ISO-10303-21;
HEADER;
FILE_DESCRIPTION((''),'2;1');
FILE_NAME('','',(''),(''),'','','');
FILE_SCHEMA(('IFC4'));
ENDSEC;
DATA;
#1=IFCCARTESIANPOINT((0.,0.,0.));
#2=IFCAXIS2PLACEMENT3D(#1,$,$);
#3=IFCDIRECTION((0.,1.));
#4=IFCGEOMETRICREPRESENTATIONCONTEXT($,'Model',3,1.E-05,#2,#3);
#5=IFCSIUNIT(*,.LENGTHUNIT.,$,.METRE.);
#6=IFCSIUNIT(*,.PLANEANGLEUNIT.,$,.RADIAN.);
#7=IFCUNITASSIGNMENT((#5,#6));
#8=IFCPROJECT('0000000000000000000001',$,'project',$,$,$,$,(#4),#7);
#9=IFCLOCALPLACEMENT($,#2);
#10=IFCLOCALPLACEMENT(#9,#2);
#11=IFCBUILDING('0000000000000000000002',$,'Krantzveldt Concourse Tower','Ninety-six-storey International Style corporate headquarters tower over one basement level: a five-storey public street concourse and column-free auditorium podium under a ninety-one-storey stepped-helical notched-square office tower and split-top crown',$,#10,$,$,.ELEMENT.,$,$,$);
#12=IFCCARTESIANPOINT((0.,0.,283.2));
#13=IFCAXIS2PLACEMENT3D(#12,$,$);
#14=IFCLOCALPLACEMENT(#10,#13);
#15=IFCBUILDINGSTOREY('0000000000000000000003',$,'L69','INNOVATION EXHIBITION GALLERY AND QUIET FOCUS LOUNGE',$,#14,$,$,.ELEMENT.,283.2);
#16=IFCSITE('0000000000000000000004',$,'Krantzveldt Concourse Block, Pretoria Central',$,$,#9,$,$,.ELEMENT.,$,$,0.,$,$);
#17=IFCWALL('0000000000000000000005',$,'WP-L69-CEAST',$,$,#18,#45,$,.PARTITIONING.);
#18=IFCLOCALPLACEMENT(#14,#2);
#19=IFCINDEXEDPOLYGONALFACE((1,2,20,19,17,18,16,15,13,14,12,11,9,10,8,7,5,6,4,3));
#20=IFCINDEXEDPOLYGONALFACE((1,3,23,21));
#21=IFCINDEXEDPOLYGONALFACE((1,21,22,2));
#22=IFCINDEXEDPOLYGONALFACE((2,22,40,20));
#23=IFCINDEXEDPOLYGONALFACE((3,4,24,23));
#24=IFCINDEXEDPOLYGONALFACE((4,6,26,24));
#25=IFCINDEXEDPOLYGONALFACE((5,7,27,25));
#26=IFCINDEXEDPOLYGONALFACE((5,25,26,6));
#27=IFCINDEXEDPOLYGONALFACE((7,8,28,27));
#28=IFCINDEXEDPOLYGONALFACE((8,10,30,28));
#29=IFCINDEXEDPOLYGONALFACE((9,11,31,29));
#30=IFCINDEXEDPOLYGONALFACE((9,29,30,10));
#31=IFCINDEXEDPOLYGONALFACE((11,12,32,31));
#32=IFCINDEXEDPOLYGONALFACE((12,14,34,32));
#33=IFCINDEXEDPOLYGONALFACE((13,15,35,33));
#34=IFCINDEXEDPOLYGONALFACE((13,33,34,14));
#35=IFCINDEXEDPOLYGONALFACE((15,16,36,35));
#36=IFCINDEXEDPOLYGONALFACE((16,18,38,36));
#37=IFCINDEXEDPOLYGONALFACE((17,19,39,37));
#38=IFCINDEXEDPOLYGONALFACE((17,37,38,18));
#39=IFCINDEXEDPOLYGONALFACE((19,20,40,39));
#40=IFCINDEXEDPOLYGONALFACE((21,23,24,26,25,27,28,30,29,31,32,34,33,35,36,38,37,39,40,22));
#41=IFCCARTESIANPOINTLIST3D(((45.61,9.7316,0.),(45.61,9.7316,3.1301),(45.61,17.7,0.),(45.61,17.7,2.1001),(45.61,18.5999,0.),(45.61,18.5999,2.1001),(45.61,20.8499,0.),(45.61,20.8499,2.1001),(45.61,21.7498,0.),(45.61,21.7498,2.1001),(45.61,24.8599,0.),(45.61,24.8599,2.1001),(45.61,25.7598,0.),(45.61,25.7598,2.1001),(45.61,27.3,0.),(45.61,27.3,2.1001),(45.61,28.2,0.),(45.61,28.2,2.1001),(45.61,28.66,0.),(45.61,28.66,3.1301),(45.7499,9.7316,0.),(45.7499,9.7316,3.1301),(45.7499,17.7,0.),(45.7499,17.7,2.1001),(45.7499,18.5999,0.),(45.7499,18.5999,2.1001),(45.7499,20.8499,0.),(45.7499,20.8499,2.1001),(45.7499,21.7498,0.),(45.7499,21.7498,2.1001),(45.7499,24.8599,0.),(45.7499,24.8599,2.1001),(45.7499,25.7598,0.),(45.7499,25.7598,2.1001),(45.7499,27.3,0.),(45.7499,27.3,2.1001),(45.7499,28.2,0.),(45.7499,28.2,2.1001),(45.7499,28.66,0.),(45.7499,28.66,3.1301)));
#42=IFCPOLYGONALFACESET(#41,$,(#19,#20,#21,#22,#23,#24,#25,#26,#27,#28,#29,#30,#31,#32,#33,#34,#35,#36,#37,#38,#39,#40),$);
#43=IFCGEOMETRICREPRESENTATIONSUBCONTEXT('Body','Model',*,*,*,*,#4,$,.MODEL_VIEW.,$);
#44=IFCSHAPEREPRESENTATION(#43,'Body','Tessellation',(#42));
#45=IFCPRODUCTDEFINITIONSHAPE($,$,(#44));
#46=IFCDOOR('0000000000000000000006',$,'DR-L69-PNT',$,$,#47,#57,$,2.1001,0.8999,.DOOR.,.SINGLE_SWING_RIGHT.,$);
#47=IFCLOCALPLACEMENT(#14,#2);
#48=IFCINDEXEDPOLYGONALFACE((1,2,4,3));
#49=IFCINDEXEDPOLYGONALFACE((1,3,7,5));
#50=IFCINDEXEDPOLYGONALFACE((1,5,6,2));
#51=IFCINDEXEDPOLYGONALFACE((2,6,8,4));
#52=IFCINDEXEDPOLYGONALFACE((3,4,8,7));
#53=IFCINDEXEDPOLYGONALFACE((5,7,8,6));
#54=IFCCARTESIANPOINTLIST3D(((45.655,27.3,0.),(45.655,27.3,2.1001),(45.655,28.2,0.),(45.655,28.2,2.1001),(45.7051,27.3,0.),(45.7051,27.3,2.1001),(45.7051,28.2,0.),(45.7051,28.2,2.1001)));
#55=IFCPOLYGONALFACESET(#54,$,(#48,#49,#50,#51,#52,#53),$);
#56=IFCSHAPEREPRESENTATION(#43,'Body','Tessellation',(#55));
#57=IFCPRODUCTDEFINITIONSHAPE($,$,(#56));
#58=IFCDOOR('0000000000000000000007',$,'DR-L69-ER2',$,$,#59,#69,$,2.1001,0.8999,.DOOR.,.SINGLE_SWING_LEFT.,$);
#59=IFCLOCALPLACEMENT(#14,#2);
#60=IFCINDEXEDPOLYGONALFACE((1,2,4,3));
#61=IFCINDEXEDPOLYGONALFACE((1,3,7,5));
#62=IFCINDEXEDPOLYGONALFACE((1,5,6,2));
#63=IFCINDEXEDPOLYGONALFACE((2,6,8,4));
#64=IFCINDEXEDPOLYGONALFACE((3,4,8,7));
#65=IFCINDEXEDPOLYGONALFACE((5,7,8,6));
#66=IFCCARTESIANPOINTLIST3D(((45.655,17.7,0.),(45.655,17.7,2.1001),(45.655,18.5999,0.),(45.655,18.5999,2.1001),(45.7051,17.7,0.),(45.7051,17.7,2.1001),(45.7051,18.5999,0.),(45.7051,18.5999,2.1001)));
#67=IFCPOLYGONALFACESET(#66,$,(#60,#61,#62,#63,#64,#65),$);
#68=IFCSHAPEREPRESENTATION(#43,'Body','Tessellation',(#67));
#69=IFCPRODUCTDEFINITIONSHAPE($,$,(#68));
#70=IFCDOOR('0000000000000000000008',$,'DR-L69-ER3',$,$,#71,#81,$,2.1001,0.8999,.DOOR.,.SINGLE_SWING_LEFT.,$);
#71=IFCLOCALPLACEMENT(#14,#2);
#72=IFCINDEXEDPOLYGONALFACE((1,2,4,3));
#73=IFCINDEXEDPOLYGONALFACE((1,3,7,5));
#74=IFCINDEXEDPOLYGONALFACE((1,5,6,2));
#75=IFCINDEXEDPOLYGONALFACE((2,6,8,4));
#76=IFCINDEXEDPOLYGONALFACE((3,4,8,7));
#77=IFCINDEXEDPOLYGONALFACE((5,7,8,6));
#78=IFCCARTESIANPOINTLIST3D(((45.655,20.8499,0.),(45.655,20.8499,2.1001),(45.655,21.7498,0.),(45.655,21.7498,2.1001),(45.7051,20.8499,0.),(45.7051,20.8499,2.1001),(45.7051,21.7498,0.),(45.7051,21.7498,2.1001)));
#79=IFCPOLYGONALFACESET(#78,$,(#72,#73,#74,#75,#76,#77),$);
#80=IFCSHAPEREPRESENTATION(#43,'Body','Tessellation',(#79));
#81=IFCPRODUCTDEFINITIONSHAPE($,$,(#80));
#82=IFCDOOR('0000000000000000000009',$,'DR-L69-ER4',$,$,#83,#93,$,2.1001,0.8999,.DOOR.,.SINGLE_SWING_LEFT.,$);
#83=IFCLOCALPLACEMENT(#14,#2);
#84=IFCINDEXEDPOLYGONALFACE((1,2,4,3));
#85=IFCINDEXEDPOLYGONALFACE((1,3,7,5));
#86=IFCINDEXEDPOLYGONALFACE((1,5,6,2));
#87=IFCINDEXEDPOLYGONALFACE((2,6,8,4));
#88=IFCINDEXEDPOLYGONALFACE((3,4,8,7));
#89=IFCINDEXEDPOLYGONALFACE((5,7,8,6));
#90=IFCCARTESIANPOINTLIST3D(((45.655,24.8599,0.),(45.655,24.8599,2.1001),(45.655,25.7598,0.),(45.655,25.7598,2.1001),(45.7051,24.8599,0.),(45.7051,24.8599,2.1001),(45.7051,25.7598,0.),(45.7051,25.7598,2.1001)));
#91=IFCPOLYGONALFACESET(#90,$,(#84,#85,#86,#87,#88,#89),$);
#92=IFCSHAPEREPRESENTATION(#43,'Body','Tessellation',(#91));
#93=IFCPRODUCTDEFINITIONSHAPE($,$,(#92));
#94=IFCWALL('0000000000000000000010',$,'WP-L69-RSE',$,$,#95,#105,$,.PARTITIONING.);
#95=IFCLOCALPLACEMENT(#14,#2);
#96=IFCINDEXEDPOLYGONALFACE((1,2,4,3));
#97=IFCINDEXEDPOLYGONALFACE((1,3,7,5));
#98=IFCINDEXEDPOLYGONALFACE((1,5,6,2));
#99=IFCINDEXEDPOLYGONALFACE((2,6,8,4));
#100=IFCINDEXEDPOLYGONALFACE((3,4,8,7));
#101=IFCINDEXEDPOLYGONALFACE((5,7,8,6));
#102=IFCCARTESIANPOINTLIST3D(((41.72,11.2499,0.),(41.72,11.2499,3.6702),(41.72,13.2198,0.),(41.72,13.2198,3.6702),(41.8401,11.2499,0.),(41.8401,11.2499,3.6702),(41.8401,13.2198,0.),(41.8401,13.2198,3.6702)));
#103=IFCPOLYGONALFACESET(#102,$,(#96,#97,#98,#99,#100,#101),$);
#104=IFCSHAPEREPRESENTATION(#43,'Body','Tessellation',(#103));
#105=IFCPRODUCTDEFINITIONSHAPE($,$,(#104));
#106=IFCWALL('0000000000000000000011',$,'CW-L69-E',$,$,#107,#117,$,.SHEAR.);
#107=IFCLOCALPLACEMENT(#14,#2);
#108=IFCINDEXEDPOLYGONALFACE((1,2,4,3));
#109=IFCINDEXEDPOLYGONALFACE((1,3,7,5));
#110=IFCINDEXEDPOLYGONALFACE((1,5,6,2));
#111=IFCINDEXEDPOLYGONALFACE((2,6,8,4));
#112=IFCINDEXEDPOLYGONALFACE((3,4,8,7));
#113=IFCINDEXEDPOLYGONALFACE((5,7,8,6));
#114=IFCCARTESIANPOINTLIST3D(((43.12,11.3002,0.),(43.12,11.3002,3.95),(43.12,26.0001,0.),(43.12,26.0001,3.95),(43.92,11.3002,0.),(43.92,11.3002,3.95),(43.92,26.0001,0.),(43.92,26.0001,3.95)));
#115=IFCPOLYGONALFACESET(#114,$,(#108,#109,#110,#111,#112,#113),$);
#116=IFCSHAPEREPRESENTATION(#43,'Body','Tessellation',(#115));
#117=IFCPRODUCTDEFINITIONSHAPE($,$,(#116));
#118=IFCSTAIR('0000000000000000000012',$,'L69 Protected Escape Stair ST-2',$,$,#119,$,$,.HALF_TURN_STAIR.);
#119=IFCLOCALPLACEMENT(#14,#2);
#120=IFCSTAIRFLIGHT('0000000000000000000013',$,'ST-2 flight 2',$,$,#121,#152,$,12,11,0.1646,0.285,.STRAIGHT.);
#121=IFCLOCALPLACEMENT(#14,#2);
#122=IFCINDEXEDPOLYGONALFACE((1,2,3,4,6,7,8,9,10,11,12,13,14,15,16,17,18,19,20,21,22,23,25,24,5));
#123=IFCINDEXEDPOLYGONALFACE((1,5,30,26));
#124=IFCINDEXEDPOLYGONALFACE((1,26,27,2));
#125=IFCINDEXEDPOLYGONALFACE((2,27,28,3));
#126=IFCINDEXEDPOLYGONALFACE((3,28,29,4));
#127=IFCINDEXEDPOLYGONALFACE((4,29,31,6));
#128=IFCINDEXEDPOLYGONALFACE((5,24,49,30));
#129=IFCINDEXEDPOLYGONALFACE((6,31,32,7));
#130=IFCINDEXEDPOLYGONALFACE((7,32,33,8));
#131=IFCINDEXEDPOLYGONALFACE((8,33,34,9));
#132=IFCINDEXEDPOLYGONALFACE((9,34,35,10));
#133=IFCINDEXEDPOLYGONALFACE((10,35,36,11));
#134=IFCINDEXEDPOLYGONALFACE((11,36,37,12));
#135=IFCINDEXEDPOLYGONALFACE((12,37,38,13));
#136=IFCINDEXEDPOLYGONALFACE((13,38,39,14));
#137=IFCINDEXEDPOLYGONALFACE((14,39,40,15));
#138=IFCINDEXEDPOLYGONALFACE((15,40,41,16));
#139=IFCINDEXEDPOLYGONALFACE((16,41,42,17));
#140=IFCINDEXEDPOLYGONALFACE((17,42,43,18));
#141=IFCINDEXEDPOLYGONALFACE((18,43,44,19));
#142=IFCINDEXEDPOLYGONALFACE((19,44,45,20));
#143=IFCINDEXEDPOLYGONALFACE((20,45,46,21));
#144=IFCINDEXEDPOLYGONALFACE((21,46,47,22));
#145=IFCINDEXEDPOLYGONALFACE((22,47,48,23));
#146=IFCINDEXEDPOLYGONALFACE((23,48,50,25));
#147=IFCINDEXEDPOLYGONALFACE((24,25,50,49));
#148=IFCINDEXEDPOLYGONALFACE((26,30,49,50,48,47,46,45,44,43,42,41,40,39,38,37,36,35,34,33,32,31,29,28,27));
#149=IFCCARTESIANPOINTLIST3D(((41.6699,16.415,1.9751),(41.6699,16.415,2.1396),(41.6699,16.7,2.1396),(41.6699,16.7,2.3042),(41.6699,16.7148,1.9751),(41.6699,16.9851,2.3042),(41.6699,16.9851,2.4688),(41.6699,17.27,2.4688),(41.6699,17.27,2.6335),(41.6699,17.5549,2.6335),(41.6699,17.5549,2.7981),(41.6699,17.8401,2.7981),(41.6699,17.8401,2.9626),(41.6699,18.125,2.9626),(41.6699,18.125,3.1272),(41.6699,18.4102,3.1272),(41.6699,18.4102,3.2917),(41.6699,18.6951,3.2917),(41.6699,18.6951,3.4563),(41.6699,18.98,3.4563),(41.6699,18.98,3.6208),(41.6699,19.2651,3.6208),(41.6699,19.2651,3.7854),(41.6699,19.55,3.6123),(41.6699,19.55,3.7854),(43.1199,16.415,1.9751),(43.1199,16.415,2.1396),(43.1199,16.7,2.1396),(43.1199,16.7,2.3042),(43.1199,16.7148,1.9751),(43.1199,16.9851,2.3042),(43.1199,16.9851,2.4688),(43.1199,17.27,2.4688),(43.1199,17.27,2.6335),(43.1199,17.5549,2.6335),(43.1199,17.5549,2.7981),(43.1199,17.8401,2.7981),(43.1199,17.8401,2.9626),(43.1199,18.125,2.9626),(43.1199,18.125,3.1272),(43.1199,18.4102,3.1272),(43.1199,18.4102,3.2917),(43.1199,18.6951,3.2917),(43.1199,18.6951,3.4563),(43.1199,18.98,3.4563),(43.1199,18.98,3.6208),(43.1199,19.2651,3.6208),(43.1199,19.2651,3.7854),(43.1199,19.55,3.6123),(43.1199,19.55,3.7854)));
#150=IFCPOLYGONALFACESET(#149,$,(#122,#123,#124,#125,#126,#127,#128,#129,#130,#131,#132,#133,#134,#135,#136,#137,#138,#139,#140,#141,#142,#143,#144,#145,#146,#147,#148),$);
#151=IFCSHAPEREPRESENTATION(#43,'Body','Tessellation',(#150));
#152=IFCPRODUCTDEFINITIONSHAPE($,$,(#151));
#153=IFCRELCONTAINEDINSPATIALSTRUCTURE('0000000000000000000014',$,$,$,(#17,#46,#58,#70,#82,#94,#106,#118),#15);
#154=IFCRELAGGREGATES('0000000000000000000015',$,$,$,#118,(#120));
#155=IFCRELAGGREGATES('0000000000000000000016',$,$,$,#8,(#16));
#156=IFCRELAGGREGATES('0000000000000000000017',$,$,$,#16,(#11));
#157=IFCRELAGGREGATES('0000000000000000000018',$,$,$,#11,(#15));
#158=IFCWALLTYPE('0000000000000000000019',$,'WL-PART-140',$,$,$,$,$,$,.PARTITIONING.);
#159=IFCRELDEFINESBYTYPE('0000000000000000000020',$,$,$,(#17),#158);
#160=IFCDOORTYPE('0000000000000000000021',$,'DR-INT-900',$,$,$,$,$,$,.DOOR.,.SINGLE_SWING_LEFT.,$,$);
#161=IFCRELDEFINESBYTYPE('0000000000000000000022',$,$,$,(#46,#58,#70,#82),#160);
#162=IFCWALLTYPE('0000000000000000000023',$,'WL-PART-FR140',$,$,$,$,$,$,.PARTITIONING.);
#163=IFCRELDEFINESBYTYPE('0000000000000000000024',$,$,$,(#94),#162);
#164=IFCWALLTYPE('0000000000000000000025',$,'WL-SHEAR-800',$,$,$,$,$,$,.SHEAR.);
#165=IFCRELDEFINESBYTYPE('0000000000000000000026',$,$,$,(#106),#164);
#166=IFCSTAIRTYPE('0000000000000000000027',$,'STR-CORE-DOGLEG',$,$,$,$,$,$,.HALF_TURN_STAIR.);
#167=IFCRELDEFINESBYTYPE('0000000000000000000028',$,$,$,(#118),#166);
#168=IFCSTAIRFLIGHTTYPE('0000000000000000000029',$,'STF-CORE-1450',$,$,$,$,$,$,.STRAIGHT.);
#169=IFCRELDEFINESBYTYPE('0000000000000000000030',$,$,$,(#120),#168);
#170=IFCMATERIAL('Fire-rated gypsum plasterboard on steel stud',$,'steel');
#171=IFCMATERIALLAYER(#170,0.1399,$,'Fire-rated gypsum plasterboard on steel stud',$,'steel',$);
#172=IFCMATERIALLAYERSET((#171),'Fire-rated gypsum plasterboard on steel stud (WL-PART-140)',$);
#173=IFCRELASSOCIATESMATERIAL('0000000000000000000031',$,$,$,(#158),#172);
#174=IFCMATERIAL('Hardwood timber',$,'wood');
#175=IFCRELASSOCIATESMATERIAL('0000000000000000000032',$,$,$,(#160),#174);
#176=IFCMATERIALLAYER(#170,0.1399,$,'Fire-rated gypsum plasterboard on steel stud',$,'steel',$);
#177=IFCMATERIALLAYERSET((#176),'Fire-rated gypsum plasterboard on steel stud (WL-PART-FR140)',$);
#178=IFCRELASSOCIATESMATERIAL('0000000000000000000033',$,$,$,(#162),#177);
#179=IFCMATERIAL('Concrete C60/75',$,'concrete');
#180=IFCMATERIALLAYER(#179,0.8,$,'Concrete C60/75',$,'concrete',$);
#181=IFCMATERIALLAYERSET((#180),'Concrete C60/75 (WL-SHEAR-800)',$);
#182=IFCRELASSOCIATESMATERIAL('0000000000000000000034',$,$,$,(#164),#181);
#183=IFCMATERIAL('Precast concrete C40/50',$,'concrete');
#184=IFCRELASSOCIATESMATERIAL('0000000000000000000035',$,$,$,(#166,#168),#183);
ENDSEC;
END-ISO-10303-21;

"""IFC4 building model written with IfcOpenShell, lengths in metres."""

from ifc_helpers import new_model, si_unit, direction, frame, frame_2d, origin, place, context, subcontext, project, spatial, polyline, rectangle, outline, extrude, material, layer, layer_set, type_object, element, fill, aggregate, save


model = new_model("IFC4")

# Units and contexts
model_context = context("Model", 3, precision=1e-05, world=origin(), true_north=direction((0.0, 1.0)))
body_context = subcontext(model_context, "Body", "Model", "MODEL_VIEW")
ifc_project = project(units=[si_unit("LENGTHUNIT", "METRE"), si_unit("PLANEANGLEUNIT", "RADIAN")], contexts=[model_context])

# Site, building, storey
site_placement = place(None, origin())
site = spatial("IfcSite", under=ifc_project, at=site_placement, Name="Krantzveldt Concourse Block, Pretoria Central", CompositionType="ELEMENT", RefElevation=0.0)
building_placement = place(site_placement, origin())
building = spatial("IfcBuilding", under=site, at=building_placement, Name="Krantzveldt Concourse Tower", Description="Ninety-six-storey International Style corporate headquarters tower over one basement level: a five-storey public street concourse and column-free auditorium podium under a ninety-one-storey stepped-helical notched-square office tower and split-top crown", CompositionType="ELEMENT")
storey_placement = place(building_placement, frame((0.0, 0.0, 283.2)))
storey = spatial("IfcBuildingStorey", under=building, at=storey_placement, Name="L69", Description="INNOVATION EXHIBITION GALLERY AND QUIET FOCUS LOUNGE", CompositionType="ELEMENT", Elevation=283.2)

# Shared definitions
ifc_material_1 = material(Name="Fire-rated gypsum plasterboard on steel stud", Category="steel")

# Wall, openings, doors
ifc_layer_1 = layer(ifc_material_1, 0.1399, Name="Fire-rated gypsum plasterboard on steel stud", Category="steel")
ifc_layer_set_1 = layer_set([ifc_layer_1], Name="Fire-rated gypsum plasterboard on steel stud (WL-PART-140)")
wall_type_1 = type_object("IfcWallType", Name="WL-PART-140", PredefinedType="PARTITIONING", material=ifc_layer_set_1)
wall_1_placement = place(storey_placement, frame((45.6799, 9.7314, 0.0), z_axis=(0.0, 0.0, 1.0), x_axis=(0.0, 1.0, 0.0)))
wall_1 = element("IfcWall", 1, at=wall_1_placement, inside=storey, type_object=wall_type_1, Name="WP-L69-CEAST", PredefinedType="PARTITIONING", context=body_context, shape_type="SweptSolid", body=[
    extrude(rectangle(XDim=18.9285, YDim=0.1399, at=frame_2d((9.4644, 0.0))), origin(), (0.0, 0.0, 1.0), 3.1301),
])
opening_1_placement = place(wall_1_placement, frame((17.5686, 0.0, 0.0)))
opening_1 = element("IfcOpeningElement", 2, at=opening_1_placement, cuts=wall_1, PredefinedType="OPENING", context=body_context, shape_type="SweptSolid", body=[
    extrude(rectangle(XDim=0.8999, YDim=2.1001, at=frame_2d((0.45, 1.05))), frame((0.0, 0.0801, 0.0), z_axis=(0.0, -1.0, 0.0), x_axis=(1.0, 0.0, 0.0)), (0.0, 0.0, 1.0), 0.1599),
])
opening_2_placement = place(wall_1_placement, frame((7.9685, 0.0, 0.0)))
opening_2 = element("IfcOpeningElement", 3, at=opening_2_placement, cuts=wall_1, PredefinedType="OPENING", context=body_context, shape_type="SweptSolid", body=[
    extrude(rectangle(XDim=0.8999, YDim=2.1001, at=frame_2d((0.45, 1.05))), frame((0.0, 0.0801, 0.0), z_axis=(0.0, -1.0, 0.0), x_axis=(1.0, 0.0, 0.0)), (0.0, 0.0, 1.0), 0.1599),
])
opening_3_placement = place(wall_1_placement, frame((11.1184, 0.0, 0.0)))
opening_3 = element("IfcOpeningElement", 4, at=opening_3_placement, cuts=wall_1, PredefinedType="OPENING", context=body_context, shape_type="SweptSolid", body=[
    extrude(rectangle(XDim=0.8999, YDim=2.1001, at=frame_2d((0.45, 1.05))), frame((0.0, 0.0801, 0.0), z_axis=(0.0, -1.0, 0.0), x_axis=(1.0, 0.0, 0.0)), (0.0, 0.0, 1.0), 0.1599),
])
opening_4_placement = place(wall_1_placement, frame((15.1284, 0.0, 0.0)))
opening_4 = element("IfcOpeningElement", 5, at=opening_4_placement, cuts=wall_1, PredefinedType="OPENING", context=body_context, shape_type="SweptSolid", body=[
    extrude(rectangle(XDim=0.8999, YDim=2.1001, at=frame_2d((0.45, 1.05))), frame((0.0, 0.0801, 0.0), z_axis=(0.0, -1.0, 0.0), x_axis=(1.0, 0.0, 0.0)), (0.0, 0.0, 1.0), 0.1599),
])
ifc_material_2 = material(Name="Hardwood timber", Category="wood")
door_type = type_object("IfcDoorType", Name="DR-INT-900", OperationType="SINGLE_SWING_LEFT", PredefinedType="DOOR", material=ifc_material_2)
door_1_placement = place(opening_1_placement, origin())
door_1 = element("IfcDoor", 6, at=door_1_placement, inside=storey, type_object=door_type, Name="DR-L69-PNT", OperationType="SINGLE_SWING_RIGHT", OverallHeight=2.1001, OverallWidth=0.8999, PredefinedType="DOOR", context=body_context, shape_type="SweptSolid", body=[
    extrude(rectangle(XDim=0.8999, YDim=2.1001, at=frame_2d((0.45, 1.05))), frame((0.0, 0.0249, 0.0), z_axis=(0.0, -1.0, 0.0), x_axis=(1.0, 0.0, 0.0)), (0.0, 0.0, 1.0), 0.05),
])
fill(opening_1, door_1)
door_2_placement = place(opening_2_placement, origin())
door_2 = element("IfcDoor", 7, at=door_2_placement, inside=storey, type_object=door_type, Name="DR-L69-ER2", OperationType="SINGLE_SWING_LEFT", OverallHeight=2.1001, OverallWidth=0.8999, PredefinedType="DOOR", context=body_context, shape_type="SweptSolid", body=[
    extrude(rectangle(XDim=0.8999, YDim=2.1001, at=frame_2d((0.45, 1.05))), frame((0.0, 0.0249, 0.0), z_axis=(0.0, -1.0, 0.0), x_axis=(1.0, 0.0, 0.0)), (0.0, 0.0, 1.0), 0.05),
])
fill(opening_2, door_2)
door_3_placement = place(opening_3_placement, origin())
door_3 = element("IfcDoor", 8, at=door_3_placement, inside=storey, type_object=door_type, Name="DR-L69-ER3", OperationType="SINGLE_SWING_LEFT", OverallHeight=2.1001, OverallWidth=0.8999, PredefinedType="DOOR", context=body_context, shape_type="SweptSolid", body=[
    extrude(rectangle(XDim=0.8999, YDim=2.1001, at=frame_2d((0.45, 1.05))), frame((0.0, 0.0249, 0.0), z_axis=(0.0, -1.0, 0.0), x_axis=(1.0, 0.0, 0.0)), (0.0, 0.0, 1.0), 0.05),
])
fill(opening_3, door_3)
door_4_placement = place(opening_4_placement, origin())
door_4 = element("IfcDoor", 9, at=door_4_placement, inside=storey, type_object=door_type, Name="DR-L69-ER4", OperationType="SINGLE_SWING_LEFT", OverallHeight=2.1001, OverallWidth=0.8999, PredefinedType="DOOR", context=body_context, shape_type="SweptSolid", body=[
    extrude(rectangle(XDim=0.8999, YDim=2.1001, at=frame_2d((0.45, 1.05))), frame((0.0, 0.0249, 0.0), z_axis=(0.0, -1.0, 0.0), x_axis=(1.0, 0.0, 0.0)), (0.0, 0.0, 1.0), 0.05),
])
fill(opening_4, door_4)

# Walls
ifc_layer_2 = layer(ifc_material_1, 0.1399, Name="Fire-rated gypsum plasterboard on steel stud", Category="steel")
ifc_layer_set_2 = layer_set([ifc_layer_2], Name="Fire-rated gypsum plasterboard on steel stud (WL-PART-FR140)")
wall_type_2 = type_object("IfcWallType", Name="WL-PART-FR140", PredefinedType="PARTITIONING", material=ifc_layer_set_2)
wall_2_placement = place(storey_placement, frame((41.78, 11.25, 0.0), z_axis=(0.0, 0.0, 1.0), x_axis=(0.0, 1.0, 0.0)))
element("IfcWall", 10, at=wall_2_placement, inside=storey, type_object=wall_type_2, Name="WP-L69-RSE", PredefinedType="PARTITIONING", context=body_context, shape_type="SweptSolid", body=[
    extrude(rectangle(XDim=1.97, YDim=0.1201, at=frame_2d((0.9849, 0.0))), origin(), (0.0, 0.0, 1.0), 3.6702),
])
ifc_material_3 = material(Name="Concrete C60/75", Category="concrete")
ifc_layer_3 = layer(ifc_material_3, 0.8, Name="Concrete C60/75", Category="concrete")
ifc_layer_set_3 = layer_set([ifc_layer_3], Name="Concrete C60/75 (WL-SHEAR-800)")
wall_type_3 = type_object("IfcWallType", Name="WL-SHEAR-800", PredefinedType="SHEAR", material=ifc_layer_set_3)
wall_3_placement = place(storey_placement, frame((43.52, 11.3, 0.0), z_axis=(0.0, 0.0, 1.0), x_axis=(0.0, 1.0, 0.0)))
element("IfcWall", 11, at=wall_3_placement, inside=storey, type_object=wall_type_3, Name="CW-L69-E", PredefinedType="SHEAR", context=body_context, shape_type="SweptSolid", body=[
    extrude(rectangle(XDim=14.7, YDim=0.8, at=frame_2d((7.3501, 0.0))), origin(), (0.0, 0.0, 1.0), 3.95),
])

# Stair, stair flight
ifc_material_4 = material(Name="Precast concrete C40/50", Category="concrete")
stair_type = type_object("IfcStairType", Name="STR-CORE-DOGLEG", PredefinedType="HALF_TURN_STAIR", material=ifc_material_4)
stair_placement = place(storey_placement, origin())
stair = element("IfcStair", 12, at=stair_placement, inside=storey, type_object=stair_type, Name="L69 Protected Escape Stair ST-2", PredefinedType="HALF_TURN_STAIR")
stair_flight_type = type_object("IfcStairFlightType", Name="STF-CORE-1450", PredefinedType="STRAIGHT", material=ifc_material_4)
stair_flight_placement = place(storey_placement, frame((42.395, 16.415, 1.9751), z_axis=(0.0, 0.0, 1.0), x_axis=(0.0, 1.0, 0.0)))
stair_flight = element("IfcStairFlight", 13, at=stair_flight_placement, type_object=stair_flight_type, Name="ST-2 flight 2", NumberOfRisers=12, NumberOfTreads=11, PredefinedType="STRAIGHT", RiserHeight=0.1646, TreadLength=0.285, context=body_context, shape_type="SweptSolid", body=[
    extrude(outline(polyline([(0.0, 0.0), (0.0, 0.1646), (0.2849, 0.1646), (0.2849, 0.3291), (0.5701, 0.3291), (0.5701, 0.4937), (0.855, 0.4937), (0.855, 0.6584), (1.1399, 0.6584), (1.1399, 0.823), (1.425, 0.823), (1.425, 0.9875), (1.71, 0.9875), (1.71, 1.1521), (1.9951, 1.1521), (1.9951, 1.3167), (2.28, 1.3167), (2.28, 1.4812), (2.5649, 1.4812), (2.5649, 1.6458), (2.8501, 1.6458), (2.8501, 1.8103), (3.135, 1.8103), (3.135, 1.9751), (3.135, 1.6372), (0.2998, 0.0), (0.0, 0.0)])), frame((0.0, 0.7251, 0.0), z_axis=(0.0, -1.0, 0.0), x_axis=(1.0, 0.0, 0.0)), (0.0, 0.0, 1.0), 1.45),
])
aggregate(stair, [stair_flight])

save(model, "model.ifc")
